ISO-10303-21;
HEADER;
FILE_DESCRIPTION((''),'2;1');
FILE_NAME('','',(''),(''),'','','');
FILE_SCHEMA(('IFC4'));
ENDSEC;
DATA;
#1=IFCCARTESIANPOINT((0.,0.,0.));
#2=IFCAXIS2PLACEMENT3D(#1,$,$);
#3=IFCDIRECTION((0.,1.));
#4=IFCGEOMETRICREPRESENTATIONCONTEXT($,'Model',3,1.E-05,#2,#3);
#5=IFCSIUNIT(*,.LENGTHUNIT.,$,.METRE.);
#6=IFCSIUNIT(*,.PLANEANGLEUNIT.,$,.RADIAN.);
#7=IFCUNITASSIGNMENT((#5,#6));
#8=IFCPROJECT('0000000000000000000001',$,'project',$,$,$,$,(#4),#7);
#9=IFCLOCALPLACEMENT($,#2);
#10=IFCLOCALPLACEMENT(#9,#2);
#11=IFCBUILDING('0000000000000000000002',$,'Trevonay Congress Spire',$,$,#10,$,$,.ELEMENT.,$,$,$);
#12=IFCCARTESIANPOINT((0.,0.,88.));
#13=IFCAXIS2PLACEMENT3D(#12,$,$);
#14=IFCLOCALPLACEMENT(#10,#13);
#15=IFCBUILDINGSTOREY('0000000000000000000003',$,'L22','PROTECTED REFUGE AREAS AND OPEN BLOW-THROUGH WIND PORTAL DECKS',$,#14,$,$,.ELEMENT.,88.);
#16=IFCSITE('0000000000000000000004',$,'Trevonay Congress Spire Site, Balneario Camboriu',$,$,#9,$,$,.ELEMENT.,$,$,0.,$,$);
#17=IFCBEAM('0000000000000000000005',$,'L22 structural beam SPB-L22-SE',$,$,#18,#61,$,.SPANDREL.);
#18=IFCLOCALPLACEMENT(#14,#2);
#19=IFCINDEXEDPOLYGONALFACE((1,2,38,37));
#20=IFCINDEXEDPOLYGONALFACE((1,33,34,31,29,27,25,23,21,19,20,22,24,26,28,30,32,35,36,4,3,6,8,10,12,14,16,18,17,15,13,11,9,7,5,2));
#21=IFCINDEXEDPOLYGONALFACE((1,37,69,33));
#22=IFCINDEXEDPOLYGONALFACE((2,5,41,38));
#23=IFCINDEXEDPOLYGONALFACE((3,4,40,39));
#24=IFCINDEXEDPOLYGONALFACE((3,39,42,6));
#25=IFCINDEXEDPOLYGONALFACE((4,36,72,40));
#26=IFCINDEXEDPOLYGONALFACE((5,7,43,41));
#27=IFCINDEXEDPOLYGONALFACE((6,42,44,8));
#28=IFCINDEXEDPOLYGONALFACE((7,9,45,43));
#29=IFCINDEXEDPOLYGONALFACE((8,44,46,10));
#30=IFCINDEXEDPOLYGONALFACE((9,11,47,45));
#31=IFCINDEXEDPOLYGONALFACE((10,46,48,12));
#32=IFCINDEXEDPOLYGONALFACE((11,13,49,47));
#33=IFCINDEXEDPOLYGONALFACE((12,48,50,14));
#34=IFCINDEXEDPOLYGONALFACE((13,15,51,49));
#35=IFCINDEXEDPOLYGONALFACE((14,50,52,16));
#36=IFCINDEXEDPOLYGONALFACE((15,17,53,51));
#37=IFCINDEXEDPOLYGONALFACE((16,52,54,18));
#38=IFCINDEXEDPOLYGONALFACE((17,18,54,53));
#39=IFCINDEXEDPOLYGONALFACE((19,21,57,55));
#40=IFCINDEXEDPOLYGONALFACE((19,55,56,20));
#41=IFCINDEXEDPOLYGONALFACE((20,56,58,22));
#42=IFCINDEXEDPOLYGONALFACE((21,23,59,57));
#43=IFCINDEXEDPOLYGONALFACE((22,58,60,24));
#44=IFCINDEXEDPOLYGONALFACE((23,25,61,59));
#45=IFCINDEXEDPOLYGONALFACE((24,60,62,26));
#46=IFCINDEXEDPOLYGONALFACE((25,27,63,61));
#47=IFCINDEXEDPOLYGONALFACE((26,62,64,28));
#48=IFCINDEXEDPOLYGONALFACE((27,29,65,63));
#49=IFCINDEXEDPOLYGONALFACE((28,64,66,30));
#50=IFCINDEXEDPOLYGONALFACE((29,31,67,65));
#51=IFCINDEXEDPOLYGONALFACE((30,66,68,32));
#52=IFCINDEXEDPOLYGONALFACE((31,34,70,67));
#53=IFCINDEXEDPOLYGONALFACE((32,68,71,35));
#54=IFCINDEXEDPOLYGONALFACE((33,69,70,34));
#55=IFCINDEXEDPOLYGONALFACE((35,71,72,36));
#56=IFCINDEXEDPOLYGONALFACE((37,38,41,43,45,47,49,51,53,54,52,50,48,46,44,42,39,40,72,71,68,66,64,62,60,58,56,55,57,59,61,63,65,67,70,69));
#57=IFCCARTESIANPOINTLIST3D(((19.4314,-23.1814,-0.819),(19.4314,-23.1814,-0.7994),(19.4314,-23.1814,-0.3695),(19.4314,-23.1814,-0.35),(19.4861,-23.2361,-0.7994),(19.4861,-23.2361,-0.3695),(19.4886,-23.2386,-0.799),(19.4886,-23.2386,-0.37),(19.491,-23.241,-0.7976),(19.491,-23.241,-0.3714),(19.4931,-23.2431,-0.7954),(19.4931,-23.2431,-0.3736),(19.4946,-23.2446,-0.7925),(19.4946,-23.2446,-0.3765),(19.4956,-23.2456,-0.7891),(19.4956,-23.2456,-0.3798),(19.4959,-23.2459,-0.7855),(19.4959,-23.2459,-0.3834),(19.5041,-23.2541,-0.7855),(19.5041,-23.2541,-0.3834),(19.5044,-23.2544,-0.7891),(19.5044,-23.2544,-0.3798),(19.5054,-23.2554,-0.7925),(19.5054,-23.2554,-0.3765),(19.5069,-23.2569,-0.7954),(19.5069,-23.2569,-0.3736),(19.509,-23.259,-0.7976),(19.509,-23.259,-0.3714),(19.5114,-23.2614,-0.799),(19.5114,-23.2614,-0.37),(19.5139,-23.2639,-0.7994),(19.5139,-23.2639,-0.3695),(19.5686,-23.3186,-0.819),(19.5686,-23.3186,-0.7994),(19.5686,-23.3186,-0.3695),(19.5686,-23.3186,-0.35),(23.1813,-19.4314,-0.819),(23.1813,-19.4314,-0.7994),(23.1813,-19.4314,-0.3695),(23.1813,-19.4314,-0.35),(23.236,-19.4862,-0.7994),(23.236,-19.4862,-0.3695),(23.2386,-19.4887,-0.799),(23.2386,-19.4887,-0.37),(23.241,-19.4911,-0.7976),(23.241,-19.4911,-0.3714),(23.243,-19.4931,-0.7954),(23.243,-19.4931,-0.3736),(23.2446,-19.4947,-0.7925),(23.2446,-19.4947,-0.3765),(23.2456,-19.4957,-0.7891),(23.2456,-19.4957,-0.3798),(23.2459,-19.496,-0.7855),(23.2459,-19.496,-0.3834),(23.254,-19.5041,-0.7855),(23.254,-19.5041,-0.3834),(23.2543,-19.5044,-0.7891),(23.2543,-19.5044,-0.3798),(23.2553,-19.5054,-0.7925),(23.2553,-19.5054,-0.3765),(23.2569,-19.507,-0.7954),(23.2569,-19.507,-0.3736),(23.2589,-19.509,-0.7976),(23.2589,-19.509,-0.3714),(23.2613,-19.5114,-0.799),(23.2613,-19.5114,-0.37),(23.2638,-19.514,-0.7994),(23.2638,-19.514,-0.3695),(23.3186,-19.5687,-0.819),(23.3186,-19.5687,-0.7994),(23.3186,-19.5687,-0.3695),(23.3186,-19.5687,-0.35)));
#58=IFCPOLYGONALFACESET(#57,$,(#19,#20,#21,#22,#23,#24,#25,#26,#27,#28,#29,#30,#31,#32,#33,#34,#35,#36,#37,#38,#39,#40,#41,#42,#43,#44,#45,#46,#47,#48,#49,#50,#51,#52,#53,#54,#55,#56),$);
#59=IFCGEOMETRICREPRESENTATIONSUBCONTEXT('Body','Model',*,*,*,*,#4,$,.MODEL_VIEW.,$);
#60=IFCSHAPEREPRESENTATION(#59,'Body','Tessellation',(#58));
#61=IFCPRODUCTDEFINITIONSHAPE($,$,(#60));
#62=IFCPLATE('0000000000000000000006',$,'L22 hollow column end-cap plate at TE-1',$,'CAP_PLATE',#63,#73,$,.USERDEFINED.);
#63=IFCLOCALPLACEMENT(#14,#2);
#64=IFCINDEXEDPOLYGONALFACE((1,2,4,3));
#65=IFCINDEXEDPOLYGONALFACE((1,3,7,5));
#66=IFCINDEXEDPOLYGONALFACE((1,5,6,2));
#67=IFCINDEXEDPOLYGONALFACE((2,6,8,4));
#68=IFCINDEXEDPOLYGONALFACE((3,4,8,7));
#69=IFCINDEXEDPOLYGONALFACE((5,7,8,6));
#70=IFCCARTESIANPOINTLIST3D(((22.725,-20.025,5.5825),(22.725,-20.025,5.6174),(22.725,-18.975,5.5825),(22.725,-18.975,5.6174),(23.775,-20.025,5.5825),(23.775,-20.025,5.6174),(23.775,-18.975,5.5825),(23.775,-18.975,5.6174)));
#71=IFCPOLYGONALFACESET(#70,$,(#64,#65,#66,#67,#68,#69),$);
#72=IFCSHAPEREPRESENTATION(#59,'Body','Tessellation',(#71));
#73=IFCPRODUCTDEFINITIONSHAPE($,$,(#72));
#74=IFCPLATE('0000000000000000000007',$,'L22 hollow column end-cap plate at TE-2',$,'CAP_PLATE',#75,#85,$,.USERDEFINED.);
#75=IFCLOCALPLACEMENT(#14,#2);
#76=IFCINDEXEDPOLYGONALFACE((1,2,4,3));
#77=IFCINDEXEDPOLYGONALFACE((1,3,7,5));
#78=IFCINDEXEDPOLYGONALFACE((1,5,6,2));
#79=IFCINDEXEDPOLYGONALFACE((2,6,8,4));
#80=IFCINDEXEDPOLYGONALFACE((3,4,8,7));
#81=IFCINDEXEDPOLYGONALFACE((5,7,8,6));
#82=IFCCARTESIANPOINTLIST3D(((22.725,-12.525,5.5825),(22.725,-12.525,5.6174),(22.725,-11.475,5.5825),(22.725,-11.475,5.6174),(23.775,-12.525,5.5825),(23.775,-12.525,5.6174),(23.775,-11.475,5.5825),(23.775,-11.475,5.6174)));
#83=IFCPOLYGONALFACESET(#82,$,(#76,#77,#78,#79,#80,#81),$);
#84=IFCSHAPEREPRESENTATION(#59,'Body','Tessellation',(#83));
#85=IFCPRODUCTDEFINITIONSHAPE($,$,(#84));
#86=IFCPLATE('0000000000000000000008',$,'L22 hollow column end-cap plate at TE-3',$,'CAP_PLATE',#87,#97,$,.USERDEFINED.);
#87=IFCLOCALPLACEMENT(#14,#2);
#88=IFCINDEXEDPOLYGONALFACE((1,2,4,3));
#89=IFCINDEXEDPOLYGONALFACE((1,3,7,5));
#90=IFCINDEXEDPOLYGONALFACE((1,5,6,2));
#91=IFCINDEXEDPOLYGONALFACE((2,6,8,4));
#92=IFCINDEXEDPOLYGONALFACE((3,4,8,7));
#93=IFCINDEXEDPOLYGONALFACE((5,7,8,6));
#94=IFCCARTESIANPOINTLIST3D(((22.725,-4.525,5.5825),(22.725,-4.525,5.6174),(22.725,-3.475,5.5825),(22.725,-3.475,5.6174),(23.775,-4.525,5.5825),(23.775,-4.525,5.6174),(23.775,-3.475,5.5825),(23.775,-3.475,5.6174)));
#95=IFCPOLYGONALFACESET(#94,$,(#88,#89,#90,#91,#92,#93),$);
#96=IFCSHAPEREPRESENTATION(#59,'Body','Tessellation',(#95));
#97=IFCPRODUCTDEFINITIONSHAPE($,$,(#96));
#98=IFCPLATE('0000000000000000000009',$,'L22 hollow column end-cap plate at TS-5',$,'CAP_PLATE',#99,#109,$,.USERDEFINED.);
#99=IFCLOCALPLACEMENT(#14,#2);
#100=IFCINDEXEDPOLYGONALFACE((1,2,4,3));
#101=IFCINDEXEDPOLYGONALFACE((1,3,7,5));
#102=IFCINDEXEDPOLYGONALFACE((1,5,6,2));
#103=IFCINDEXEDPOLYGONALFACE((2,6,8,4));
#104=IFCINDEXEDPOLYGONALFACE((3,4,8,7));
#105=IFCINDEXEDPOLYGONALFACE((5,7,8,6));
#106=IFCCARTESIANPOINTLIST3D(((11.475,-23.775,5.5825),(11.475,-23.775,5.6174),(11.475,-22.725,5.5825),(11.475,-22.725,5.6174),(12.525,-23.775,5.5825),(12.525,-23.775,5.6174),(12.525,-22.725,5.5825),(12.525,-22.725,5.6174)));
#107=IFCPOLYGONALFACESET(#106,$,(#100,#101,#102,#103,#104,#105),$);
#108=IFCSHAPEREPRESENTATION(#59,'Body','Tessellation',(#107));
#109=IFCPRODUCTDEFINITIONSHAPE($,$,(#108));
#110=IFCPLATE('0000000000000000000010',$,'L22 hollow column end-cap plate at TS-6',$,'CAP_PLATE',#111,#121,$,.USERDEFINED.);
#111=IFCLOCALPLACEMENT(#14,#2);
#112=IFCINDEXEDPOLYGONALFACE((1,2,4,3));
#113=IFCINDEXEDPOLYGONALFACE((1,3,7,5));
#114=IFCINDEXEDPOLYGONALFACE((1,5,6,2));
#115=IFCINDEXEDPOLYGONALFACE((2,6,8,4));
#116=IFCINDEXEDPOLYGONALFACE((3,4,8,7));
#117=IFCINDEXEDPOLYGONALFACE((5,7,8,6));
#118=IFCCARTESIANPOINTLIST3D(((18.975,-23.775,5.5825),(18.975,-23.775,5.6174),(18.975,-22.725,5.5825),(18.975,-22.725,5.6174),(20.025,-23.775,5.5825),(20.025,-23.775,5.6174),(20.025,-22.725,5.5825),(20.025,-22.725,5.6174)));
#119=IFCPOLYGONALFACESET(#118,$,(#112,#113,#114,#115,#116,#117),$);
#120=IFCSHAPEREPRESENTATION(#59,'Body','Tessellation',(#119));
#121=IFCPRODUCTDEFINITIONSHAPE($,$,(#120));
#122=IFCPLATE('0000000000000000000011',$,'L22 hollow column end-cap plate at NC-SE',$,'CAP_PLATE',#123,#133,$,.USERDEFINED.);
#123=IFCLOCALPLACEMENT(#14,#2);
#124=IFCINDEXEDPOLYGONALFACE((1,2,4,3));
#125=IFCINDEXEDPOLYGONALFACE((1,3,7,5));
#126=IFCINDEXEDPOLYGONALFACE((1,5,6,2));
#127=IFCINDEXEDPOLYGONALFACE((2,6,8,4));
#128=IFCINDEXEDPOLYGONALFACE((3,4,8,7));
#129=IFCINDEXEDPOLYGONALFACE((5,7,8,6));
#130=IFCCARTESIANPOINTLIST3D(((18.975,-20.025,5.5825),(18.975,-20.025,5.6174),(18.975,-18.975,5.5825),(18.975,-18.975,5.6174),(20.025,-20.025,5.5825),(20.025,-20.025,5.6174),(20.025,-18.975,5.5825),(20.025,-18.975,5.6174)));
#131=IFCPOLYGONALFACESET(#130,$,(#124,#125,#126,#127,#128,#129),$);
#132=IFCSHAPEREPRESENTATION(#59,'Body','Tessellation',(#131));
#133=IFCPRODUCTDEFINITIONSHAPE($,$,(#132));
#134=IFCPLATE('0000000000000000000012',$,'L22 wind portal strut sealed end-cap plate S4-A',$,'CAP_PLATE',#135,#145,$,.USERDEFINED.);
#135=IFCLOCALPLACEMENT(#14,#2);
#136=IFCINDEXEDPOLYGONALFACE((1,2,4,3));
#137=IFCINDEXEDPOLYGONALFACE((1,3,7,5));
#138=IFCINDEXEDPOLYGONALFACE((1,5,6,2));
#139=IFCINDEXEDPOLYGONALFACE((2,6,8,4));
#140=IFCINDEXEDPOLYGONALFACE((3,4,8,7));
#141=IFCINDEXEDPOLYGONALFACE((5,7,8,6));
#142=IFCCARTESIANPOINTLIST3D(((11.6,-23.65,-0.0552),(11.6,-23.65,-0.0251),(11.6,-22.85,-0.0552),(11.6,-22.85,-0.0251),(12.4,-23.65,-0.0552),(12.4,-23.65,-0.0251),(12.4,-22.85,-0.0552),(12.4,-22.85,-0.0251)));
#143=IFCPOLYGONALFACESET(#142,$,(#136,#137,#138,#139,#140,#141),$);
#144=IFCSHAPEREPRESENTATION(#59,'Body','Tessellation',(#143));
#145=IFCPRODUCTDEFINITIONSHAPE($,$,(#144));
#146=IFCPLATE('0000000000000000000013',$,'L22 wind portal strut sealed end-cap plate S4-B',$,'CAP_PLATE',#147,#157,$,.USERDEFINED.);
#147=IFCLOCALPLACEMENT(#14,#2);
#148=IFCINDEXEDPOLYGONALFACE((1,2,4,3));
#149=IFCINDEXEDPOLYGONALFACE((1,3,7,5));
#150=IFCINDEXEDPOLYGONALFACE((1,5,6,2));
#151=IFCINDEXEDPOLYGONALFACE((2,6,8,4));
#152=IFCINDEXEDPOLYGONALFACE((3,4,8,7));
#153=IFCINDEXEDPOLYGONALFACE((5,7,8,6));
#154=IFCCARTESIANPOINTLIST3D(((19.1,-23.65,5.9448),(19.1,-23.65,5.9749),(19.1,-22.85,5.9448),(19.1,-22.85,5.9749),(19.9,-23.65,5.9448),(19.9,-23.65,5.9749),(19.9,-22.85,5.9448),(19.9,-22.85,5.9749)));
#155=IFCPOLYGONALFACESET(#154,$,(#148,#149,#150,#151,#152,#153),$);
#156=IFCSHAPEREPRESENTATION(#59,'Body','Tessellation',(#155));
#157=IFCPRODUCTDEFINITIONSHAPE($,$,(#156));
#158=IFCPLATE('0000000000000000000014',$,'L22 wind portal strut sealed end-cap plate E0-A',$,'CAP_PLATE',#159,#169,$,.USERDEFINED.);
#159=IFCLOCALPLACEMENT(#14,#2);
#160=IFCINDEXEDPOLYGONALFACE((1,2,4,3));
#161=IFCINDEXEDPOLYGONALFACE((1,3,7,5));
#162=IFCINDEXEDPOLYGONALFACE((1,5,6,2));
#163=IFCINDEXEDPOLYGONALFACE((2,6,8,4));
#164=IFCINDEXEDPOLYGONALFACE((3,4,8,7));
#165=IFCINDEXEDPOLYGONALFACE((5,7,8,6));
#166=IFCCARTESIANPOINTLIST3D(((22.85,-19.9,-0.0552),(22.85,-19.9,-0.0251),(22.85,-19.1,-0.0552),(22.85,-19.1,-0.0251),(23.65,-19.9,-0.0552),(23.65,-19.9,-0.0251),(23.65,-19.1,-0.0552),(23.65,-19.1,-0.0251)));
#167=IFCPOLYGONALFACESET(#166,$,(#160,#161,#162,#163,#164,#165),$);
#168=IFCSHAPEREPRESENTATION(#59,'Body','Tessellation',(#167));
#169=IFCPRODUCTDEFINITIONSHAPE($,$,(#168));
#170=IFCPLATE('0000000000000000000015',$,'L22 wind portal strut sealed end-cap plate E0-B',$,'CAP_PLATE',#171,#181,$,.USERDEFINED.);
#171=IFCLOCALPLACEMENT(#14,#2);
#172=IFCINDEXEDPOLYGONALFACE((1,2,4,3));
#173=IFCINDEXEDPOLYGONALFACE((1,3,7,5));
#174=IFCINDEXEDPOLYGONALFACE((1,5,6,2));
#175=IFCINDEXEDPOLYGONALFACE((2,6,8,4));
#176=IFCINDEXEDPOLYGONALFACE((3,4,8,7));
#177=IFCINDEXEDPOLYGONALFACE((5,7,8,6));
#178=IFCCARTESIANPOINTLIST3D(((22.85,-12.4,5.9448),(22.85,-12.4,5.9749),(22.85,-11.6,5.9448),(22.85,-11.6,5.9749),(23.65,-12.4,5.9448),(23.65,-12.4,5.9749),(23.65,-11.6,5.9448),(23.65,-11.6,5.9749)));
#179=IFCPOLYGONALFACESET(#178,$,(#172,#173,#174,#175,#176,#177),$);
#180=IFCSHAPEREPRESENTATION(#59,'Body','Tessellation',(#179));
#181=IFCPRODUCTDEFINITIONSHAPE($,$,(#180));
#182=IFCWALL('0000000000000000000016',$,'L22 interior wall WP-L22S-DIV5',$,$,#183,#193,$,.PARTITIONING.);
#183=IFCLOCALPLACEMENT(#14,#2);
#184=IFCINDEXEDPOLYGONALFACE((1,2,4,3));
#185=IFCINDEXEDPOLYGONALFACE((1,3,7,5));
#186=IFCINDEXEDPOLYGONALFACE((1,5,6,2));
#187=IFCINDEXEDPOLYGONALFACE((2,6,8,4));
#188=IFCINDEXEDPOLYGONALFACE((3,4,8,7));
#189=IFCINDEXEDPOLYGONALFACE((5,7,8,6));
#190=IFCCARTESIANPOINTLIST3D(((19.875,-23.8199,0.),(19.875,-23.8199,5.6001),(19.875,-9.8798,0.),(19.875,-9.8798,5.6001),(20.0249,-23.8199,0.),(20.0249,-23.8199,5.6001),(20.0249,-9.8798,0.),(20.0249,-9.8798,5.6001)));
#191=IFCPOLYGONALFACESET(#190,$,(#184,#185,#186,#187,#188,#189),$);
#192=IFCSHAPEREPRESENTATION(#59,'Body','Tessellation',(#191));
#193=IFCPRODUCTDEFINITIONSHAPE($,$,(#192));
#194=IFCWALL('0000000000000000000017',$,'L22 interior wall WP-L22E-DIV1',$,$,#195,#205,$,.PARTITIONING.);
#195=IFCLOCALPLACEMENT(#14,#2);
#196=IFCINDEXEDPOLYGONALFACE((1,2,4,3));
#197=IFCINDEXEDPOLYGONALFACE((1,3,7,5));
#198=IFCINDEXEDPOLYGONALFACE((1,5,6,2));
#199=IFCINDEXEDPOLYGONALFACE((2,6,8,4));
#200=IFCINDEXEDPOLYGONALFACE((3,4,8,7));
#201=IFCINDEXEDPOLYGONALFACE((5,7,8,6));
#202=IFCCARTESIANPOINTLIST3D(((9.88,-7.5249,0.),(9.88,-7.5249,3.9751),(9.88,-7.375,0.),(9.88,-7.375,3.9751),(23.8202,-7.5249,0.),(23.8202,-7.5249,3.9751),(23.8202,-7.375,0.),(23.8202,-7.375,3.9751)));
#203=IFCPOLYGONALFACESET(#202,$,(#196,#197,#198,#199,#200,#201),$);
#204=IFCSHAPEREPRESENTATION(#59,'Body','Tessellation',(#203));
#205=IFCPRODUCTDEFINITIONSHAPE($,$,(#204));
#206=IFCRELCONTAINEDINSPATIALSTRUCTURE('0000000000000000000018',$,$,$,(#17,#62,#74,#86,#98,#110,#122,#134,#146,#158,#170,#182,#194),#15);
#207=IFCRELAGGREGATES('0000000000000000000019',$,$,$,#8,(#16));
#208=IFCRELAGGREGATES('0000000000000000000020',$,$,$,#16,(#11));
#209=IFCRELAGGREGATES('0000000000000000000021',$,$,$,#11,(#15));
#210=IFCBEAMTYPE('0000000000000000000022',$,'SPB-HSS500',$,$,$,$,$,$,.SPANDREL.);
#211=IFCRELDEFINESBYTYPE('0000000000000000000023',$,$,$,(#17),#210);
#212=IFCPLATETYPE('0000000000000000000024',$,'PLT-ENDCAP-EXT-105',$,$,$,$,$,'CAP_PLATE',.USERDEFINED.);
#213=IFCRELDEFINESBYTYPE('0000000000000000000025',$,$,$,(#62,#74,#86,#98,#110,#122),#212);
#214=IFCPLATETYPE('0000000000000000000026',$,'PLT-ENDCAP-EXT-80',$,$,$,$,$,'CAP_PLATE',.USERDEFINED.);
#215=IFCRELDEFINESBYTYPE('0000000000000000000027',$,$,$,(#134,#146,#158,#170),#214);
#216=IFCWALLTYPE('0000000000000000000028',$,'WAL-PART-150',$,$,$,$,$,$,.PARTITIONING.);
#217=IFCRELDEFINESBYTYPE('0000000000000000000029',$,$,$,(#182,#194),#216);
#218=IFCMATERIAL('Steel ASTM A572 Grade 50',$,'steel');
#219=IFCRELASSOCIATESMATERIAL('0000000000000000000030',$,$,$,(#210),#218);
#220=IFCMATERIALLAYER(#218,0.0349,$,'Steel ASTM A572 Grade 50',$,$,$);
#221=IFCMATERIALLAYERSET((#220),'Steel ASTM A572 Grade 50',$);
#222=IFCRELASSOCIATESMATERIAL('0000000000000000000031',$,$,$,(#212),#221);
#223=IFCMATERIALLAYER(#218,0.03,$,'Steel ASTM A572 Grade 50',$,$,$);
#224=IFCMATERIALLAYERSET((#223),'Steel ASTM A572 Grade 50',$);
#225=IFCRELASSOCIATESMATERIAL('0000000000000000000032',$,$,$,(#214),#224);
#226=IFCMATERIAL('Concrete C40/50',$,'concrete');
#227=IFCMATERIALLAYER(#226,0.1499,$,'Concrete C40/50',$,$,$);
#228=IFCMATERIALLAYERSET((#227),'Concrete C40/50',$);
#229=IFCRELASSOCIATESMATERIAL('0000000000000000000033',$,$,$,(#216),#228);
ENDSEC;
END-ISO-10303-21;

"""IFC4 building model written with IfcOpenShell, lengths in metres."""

from ifc_helpers import new_model, si_unit, direction, frame, frame_2d, origin, origin_2d, place, context, subcontext, project, spatial, rectangle, i_section, extrude, material, layer, layer_set, material_profile, profile_set, type_object, element, save


model = new_model("IFC4")

# Units and contexts
model_context = context("Model", 3, precision=1e-05, world=origin(), true_north=direction((0.0, 1.0)))
body_context = subcontext(model_context, "Body", "Model", "MODEL_VIEW")
ifc_project = project(units=[si_unit("LENGTHUNIT", "METRE"), si_unit("PLANEANGLEUNIT", "RADIAN")], contexts=[model_context])

# Site, building, storey
site_placement = place(None, origin())
site = spatial("IfcSite", under=ifc_project, at=site_placement, Name="Trevonay Congress Spire Site, Balneario Camboriu", CompositionType="ELEMENT", RefElevation=0.0)
building_placement = place(site_placement, origin())
building = spatial("IfcBuilding", under=site, at=building_placement, Name="Trevonay Congress Spire", CompositionType="ELEMENT")
storey_placement = place(building_placement, frame((0.0, 0.0, 88.0)))
storey = spatial("IfcBuildingStorey", under=building, at=storey_placement, Name="L22", Description="PROTECTED REFUGE AREAS AND OPEN BLOW-THROUGH WIND PORTAL DECKS", CompositionType="ELEMENT", Elevation=88.0)

# Shared definitions
ifc_material_1 = material(Name="Steel ASTM A572 Grade 50", Category="steel")

# Beam
ifc_material_profile_1 = material_profile(ifc_material_1, i_section(OverallWidth=0.1941, OverallDepth=0.469, WebThickness=0.0115, FlangeThickness=0.0195, FilletRadius=0.0139, at=origin_2d()), Name="W460x106")
ifc_profile_set_1 = profile_set([ifc_material_profile_1], Name="Steel ASTM A572 Grade 50")
beam_type_1 = type_object("IfcBeamType", Name="SPB-HSS500", PredefinedType="SPANDREL", material=ifc_profile_set_1)
beam_1_placement = place(storey_placement, frame((19.5, -23.25, -0.5845), z_axis=(0.707107, 0.707107, 0.0), x_axis=(-0.707107, 0.707107, 0.0)))
element("IfcBeam", 1, at=beam_1_placement, inside=storey, type_object=beam_type_1, Name="L22 structural beam SPB-L22-SE", PredefinedType="SPANDREL", context=body_context, shape_type="SweptSolid", body=[
    extrude(i_section(OverallWidth=0.1941, OverallDepth=0.469, WebThickness=0.0115, FlangeThickness=0.0195, FilletRadius=0.0139, at=origin_2d()), origin(), (0.0, 0.0, 1.0), 5.3032),
])

# Plates
ifc_layer_1 = layer(ifc_material_1, 0.0349, Name="Steel ASTM A572 Grade 50")
ifc_layer_set_1 = layer_set([ifc_layer_1], Name="Steel ASTM A572 Grade 50")
plate_type_1 = type_object("IfcPlateType", Name="PLT-ENDCAP-EXT-105", ElementType="CAP_PLATE", PredefinedType="USERDEFINED", material=ifc_layer_set_1)
for number, where, z_axis, x_axis, name in (
    (2, (23.25, -19.5, 5.5825), (0.0, 0.0, 1.0), (1.0, 0.0, 0.0), "L22 hollow column end-cap plate at TE-1"),
    (3, (23.25, -12.0, 5.5825), (0.0, 0.0, 1.0), (1.0, 0.0, 0.0), "L22 hollow column end-cap plate at TE-2"),
    (4, (23.25, -4.0, 5.5825), (0.0, 0.0, 1.0), (1.0, 0.0, 0.0), "L22 hollow column end-cap plate at TE-3"),
    (5, (12.0, -23.25, 5.5825), (0.0, 0.0, 1.0), (1.0, 0.0, 0.0), "L22 hollow column end-cap plate at TS-5"),
    (6, (19.5, -23.25, 5.5825), (0.0, 0.0, 1.0), (1.0, 0.0, 0.0), "L22 hollow column end-cap plate at TS-6"),
    (7, (19.5, -19.5, 5.5825), (0.0, 0.0, 1.0), (1.0, 0.0, 0.0), "L22 hollow column end-cap plate at NC-SE"),
):
    element("IfcPlate", number, at=place(storey_placement, frame(where, z_axis=z_axis, x_axis=x_axis)), inside=storey, type_object=plate_type_1, Name=name, ObjectType="CAP_PLATE", PredefinedType="USERDEFINED", context=body_context, shape_type="SweptSolid", body=[
        extrude(rectangle(XDim=1.05, YDim=1.05, at=origin_2d()), origin(), (0.0, 0.0, 1.0), 0.0349),
    ])
ifc_layer_2 = layer(ifc_material_1, 0.03, Name="Steel ASTM A572 Grade 50")
ifc_layer_set_2 = layer_set([ifc_layer_2], Name="Steel ASTM A572 Grade 50")
plate_type_2 = type_object("IfcPlateType", Name="PLT-ENDCAP-EXT-80", ElementType="CAP_PLATE", PredefinedType="USERDEFINED", material=ifc_layer_set_2)
for number, where, z_axis, x_axis, name in (
    (8, (12.0, -23.25, -0.0552), (0.0, 0.0, 1.0), (1.0, 0.0, 0.0), "L22 wind portal strut sealed end-cap plate S4-A"),
    (9, (19.5, -23.25, 5.9448), (0.0, 0.0, 1.0), (1.0, 0.0, 0.0), "L22 wind portal strut sealed end-cap plate S4-B"),
    (10, (23.25, -19.5, -0.0552), (0.0, 0.0, 1.0), (1.0, 0.0, 0.0), "L22 wind portal strut sealed end-cap plate E0-A"),
    (11, (23.25, -12.0, 5.9448), (0.0, 0.0, 1.0), (1.0, 0.0, 0.0), "L22 wind portal strut sealed end-cap plate E0-B"),
):
    element("IfcPlate", number, at=place(storey_placement, frame(where, z_axis=z_axis, x_axis=x_axis)), inside=storey, type_object=plate_type_2, Name=name, ObjectType="CAP_PLATE", PredefinedType="USERDEFINED", context=body_context, shape_type="SweptSolid", body=[
        extrude(rectangle(XDim=0.8, YDim=0.8, at=origin_2d()), origin(), (0.0, 0.0, 1.0), 0.03),
    ])

# Walls
ifc_material_2 = material(Name="Concrete C40/50", Category="concrete")
ifc_layer_3 = layer(ifc_material_2, 0.1499, Name="Concrete C40/50")
ifc_layer_set_3 = layer_set([ifc_layer_3], Name="Concrete C40/50")
wall_type = type_object("IfcWallType", Name="WAL-PART-150", PredefinedType="PARTITIONING", material=ifc_layer_set_3)
wall_1_placement = place(storey_placement, frame((19.95, -23.8201, 0.0), z_axis=(0.0, 0.0, 1.0), x_axis=(0.0, 1.0, 0.0)))
element("IfcWall", 12, at=wall_1_placement, inside=storey, type_object=wall_type, Name="L22 interior wall WP-L22S-DIV5", PredefinedType="PARTITIONING", context=body_context, shape_type="SweptSolid", body=[
    extrude(rectangle(XDim=13.9402, YDim=0.1499, at=frame_2d((6.9702, 0.0))), origin(), (0.0, 0.0, 1.0), 5.6001),
])
wall_2_placement = place(storey_placement, frame((9.8799, -7.45, 0.0), z_axis=(0.0, 0.0, 1.0), x_axis=(1.0, 0.0, 0.0)))
element("IfcWall", 13, at=wall_2_placement, inside=storey, type_object=wall_type, Name="L22 interior wall WP-L22E-DIV1", PredefinedType="PARTITIONING", context=body_context, shape_type="SweptSolid", body=[
    extrude(rectangle(XDim=13.9402, YDim=0.1499, at=frame_2d((6.9702, 0.0))), origin(), (0.0, 0.0, 1.0), 3.9751),
])

save(model, "model.ifc")
